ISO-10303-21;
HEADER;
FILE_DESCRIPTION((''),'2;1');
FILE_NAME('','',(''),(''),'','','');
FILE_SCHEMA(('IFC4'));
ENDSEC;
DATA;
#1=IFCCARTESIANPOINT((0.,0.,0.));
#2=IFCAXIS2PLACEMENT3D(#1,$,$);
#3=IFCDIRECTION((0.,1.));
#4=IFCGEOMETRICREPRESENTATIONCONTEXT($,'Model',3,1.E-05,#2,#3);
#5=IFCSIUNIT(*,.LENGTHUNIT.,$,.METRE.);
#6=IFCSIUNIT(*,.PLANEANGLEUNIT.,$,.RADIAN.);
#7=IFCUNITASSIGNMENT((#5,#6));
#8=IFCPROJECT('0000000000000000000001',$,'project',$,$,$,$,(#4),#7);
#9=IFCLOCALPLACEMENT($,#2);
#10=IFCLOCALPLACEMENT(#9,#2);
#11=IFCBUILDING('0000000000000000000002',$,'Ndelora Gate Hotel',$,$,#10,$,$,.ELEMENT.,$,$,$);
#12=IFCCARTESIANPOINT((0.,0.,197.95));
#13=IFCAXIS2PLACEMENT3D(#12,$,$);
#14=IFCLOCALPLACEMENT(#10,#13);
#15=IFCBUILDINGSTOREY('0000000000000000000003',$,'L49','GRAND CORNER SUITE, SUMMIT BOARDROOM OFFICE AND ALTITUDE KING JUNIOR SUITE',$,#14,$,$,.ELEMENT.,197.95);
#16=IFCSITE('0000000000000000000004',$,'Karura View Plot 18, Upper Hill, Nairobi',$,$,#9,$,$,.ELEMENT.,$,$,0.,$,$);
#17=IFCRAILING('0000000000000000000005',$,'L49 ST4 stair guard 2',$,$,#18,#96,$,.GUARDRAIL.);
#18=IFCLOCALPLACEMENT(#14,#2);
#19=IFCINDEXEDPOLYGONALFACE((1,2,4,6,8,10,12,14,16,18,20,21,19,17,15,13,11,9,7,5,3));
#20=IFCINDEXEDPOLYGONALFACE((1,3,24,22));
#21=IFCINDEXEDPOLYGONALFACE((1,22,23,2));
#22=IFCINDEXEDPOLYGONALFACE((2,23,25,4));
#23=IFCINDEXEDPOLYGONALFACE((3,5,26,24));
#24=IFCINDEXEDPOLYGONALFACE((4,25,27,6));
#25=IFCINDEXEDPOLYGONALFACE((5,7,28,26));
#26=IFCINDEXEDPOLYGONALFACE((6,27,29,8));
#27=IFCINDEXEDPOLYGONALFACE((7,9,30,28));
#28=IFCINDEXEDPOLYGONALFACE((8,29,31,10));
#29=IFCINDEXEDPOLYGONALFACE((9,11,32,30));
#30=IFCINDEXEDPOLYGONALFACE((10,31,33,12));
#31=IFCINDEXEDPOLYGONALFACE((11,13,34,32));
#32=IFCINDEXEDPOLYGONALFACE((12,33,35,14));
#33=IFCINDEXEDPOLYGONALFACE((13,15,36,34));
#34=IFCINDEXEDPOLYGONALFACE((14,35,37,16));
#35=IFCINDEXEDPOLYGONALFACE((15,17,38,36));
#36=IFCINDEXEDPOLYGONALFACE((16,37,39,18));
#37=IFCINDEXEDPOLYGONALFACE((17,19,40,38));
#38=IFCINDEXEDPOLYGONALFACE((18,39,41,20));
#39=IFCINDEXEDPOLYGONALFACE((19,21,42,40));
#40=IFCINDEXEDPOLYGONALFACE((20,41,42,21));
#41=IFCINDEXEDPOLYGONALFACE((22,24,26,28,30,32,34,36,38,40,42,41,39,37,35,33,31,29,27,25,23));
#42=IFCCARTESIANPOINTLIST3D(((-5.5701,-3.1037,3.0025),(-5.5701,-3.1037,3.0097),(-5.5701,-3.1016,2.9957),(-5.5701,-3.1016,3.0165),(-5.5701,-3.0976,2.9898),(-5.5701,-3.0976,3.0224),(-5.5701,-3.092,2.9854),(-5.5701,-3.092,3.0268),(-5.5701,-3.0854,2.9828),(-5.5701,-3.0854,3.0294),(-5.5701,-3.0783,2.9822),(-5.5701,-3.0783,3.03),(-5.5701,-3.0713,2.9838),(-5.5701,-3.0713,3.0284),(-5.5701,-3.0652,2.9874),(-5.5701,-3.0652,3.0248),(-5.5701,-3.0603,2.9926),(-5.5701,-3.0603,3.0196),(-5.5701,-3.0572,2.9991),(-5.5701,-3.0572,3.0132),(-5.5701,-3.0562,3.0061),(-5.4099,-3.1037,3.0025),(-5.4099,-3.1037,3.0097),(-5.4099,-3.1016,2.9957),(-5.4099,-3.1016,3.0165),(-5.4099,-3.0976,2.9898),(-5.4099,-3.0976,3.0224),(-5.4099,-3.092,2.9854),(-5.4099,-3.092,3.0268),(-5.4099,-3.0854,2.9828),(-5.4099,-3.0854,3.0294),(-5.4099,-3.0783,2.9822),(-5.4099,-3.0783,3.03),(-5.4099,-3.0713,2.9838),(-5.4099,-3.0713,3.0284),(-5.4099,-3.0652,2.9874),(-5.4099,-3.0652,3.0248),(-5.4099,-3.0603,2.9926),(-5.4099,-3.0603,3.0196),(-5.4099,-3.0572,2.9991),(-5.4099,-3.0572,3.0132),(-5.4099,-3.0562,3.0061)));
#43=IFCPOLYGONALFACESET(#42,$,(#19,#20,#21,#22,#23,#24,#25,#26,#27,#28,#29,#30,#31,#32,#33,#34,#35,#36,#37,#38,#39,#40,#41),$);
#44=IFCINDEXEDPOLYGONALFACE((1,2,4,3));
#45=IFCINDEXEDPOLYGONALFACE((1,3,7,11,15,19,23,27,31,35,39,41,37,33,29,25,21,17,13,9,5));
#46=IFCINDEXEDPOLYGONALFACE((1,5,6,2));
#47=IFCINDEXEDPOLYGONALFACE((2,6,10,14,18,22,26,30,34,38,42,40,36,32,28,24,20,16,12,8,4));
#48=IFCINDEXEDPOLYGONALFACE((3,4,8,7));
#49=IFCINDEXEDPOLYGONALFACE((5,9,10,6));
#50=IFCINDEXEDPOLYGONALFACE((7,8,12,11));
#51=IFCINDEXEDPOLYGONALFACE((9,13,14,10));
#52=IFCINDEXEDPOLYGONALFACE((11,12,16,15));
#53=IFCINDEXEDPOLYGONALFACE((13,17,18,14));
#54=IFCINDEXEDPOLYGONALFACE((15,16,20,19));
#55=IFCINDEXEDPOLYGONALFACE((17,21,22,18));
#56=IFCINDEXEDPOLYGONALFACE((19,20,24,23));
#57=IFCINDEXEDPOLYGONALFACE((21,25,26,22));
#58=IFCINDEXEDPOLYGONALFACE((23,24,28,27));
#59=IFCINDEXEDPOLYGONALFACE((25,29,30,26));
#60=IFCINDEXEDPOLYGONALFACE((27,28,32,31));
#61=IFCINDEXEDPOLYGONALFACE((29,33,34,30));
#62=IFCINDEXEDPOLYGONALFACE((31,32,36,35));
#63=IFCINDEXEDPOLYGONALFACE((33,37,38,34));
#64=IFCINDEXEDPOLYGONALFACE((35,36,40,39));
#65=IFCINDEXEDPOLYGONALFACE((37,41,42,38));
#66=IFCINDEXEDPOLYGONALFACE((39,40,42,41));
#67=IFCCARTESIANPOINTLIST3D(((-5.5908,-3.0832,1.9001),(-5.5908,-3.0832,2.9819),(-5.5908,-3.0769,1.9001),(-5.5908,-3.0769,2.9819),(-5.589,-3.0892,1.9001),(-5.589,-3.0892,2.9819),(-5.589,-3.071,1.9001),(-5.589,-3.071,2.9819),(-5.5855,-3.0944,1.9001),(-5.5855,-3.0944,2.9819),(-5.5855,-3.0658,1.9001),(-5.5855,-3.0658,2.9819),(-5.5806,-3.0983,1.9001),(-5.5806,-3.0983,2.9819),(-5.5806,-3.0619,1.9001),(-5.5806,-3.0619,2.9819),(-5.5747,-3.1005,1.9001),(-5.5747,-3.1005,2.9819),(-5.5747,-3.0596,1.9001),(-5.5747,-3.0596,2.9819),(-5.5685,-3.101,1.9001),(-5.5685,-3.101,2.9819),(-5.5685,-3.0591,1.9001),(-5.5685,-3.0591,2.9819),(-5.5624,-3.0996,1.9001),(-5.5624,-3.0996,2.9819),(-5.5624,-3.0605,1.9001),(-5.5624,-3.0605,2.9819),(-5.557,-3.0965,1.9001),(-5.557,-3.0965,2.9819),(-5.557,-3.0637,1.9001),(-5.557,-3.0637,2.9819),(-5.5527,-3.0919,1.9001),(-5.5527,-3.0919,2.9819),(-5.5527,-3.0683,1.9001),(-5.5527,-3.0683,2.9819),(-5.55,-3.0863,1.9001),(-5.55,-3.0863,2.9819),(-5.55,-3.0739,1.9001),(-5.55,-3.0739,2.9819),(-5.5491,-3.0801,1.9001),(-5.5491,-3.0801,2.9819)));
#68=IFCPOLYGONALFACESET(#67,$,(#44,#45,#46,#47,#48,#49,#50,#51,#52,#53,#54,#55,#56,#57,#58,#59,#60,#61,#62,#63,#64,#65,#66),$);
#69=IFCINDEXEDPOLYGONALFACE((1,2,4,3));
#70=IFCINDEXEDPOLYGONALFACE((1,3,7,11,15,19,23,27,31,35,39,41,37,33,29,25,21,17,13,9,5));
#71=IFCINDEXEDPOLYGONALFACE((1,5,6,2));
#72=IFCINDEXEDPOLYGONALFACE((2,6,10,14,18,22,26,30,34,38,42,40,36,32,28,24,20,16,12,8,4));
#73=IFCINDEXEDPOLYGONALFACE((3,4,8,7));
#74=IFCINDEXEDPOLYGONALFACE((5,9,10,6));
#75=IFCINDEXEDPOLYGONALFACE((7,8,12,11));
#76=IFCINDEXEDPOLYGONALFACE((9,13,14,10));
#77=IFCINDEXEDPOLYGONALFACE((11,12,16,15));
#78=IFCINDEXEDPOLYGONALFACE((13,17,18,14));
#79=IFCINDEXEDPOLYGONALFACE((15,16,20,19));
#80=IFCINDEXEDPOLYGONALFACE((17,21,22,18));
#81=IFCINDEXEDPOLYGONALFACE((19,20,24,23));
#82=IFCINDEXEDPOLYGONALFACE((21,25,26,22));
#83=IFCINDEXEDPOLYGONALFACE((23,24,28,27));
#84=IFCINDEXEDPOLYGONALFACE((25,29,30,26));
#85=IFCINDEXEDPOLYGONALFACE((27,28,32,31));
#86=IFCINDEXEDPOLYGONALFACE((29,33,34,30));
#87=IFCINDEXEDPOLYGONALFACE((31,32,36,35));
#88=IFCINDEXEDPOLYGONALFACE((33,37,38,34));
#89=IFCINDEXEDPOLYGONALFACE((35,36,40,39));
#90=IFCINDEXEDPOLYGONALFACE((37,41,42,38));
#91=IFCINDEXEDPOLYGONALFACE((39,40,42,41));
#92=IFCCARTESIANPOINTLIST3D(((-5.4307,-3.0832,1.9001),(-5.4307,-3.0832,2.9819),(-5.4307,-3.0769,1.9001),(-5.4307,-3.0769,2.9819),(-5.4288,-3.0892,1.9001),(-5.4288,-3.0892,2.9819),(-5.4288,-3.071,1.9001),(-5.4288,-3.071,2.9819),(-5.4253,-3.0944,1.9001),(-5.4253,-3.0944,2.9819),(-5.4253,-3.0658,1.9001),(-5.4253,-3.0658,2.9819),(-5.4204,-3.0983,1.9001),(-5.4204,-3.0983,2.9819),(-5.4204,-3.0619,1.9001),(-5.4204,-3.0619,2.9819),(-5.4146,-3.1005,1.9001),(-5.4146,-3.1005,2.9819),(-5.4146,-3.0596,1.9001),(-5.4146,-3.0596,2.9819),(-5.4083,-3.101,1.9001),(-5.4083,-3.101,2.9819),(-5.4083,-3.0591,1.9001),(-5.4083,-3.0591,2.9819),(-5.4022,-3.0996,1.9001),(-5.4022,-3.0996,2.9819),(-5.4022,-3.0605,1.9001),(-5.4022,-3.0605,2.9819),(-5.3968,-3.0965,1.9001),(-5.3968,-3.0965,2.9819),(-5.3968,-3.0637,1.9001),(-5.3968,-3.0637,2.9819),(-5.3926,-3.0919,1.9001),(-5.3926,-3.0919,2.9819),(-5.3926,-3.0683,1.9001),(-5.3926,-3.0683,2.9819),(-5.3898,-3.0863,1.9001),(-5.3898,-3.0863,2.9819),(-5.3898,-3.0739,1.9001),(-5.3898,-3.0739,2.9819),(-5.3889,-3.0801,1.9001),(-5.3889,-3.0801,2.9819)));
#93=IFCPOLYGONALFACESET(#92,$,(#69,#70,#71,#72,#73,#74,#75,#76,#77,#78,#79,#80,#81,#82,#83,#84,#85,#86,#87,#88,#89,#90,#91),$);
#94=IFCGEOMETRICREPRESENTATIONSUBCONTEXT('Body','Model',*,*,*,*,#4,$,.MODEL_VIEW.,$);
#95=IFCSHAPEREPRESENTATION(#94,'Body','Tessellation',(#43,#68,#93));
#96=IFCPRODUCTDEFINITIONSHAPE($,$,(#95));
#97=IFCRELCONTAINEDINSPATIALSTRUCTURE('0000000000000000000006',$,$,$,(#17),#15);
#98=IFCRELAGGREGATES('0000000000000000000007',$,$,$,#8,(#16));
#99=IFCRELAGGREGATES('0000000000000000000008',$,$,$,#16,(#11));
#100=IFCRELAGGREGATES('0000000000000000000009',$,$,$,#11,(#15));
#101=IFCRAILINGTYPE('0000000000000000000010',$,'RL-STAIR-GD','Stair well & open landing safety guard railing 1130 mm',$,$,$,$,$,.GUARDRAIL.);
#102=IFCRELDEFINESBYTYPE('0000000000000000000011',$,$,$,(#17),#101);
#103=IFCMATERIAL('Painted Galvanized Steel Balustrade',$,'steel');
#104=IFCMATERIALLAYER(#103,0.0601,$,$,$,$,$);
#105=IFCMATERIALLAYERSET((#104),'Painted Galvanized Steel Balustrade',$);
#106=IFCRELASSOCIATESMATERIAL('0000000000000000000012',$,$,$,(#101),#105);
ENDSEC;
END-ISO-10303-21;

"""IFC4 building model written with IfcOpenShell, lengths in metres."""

from ifc_helpers import new_model, si_unit, direction, frame, origin, origin_2d, place, context, subcontext, project, spatial, circle, extrude, material, layer, layer_set, type_object, element, save


model = new_model("IFC4")

# Units and contexts
model_context = context("Model", 3, precision=1e-05, world=origin(), true_north=direction((0.0, 1.0)))
body_context = subcontext(model_context, "Body", "Model", "MODEL_VIEW")
ifc_project = project(units=[si_unit("LENGTHUNIT", "METRE"), si_unit("PLANEANGLEUNIT", "RADIAN")], contexts=[model_context])

# Site, building, storey
site_placement = place(None, origin())
site = spatial("IfcSite", under=ifc_project, at=site_placement, Name="Karura View Plot 18, Upper Hill, Nairobi", CompositionType="ELEMENT", RefElevation=0.0)
building_placement = place(site_placement, origin())
building = spatial("IfcBuilding", under=site, at=building_placement, Name="Ndelora Gate Hotel", CompositionType="ELEMENT")
storey_placement = place(building_placement, frame((0.0, 0.0, 197.95)))
storey = spatial("IfcBuildingStorey", under=building, at=storey_placement, Name="L49", Description="GRAND CORNER SUITE, SUMMIT BOARDROOM OFFICE AND ALTITUDE KING JUNIOR SUITE", CompositionType="ELEMENT", Elevation=197.95)

# Railing
ifc_material_1 = material(Name="Painted Galvanized Steel Balustrade", Category="steel")
ifc_layer_1 = layer(ifc_material_1, 0.0601)
ifc_layer_set_1 = layer_set([ifc_layer_1], Name="Painted Galvanized Steel Balustrade")
railing_type_1 = type_object("IfcRailingType", Name="RL-STAIR-GD", Description="Stair well & open landing safety guard railing 1130 mm", PredefinedType="GUARDRAIL", material=ifc_layer_set_1)
railing_1_placement = place(storey_placement, frame((-5.5701, -3.0801, 1.9001)))
element("IfcRailing", 1, at=railing_1_placement, inside=storey, type_object=railing_type_1, Name="L49 ST4 stair guard 2", PredefinedType="GUARDRAIL", context=body_context, shape_type="SweptSolid", body=[
    extrude(circle(Radius=0.0239, at=origin_2d()), frame((0.0, 0.0, 1.106), z_axis=(1.0, 0.0, 0.0), x_axis=(0.0, 1.0, 0.0)), (0.0, 0.0, 1.0), 0.1602),
    extrude(circle(Radius=0.021, at=origin_2d()), origin(), (0.0, 0.0, 1.0), 1.0818),
    extrude(circle(Radius=0.021, at=origin_2d()), frame((0.1602, 0.0, 0.0)), (0.0, 0.0, 1.0), 1.0818),
])

save(model, "model.ifc")
